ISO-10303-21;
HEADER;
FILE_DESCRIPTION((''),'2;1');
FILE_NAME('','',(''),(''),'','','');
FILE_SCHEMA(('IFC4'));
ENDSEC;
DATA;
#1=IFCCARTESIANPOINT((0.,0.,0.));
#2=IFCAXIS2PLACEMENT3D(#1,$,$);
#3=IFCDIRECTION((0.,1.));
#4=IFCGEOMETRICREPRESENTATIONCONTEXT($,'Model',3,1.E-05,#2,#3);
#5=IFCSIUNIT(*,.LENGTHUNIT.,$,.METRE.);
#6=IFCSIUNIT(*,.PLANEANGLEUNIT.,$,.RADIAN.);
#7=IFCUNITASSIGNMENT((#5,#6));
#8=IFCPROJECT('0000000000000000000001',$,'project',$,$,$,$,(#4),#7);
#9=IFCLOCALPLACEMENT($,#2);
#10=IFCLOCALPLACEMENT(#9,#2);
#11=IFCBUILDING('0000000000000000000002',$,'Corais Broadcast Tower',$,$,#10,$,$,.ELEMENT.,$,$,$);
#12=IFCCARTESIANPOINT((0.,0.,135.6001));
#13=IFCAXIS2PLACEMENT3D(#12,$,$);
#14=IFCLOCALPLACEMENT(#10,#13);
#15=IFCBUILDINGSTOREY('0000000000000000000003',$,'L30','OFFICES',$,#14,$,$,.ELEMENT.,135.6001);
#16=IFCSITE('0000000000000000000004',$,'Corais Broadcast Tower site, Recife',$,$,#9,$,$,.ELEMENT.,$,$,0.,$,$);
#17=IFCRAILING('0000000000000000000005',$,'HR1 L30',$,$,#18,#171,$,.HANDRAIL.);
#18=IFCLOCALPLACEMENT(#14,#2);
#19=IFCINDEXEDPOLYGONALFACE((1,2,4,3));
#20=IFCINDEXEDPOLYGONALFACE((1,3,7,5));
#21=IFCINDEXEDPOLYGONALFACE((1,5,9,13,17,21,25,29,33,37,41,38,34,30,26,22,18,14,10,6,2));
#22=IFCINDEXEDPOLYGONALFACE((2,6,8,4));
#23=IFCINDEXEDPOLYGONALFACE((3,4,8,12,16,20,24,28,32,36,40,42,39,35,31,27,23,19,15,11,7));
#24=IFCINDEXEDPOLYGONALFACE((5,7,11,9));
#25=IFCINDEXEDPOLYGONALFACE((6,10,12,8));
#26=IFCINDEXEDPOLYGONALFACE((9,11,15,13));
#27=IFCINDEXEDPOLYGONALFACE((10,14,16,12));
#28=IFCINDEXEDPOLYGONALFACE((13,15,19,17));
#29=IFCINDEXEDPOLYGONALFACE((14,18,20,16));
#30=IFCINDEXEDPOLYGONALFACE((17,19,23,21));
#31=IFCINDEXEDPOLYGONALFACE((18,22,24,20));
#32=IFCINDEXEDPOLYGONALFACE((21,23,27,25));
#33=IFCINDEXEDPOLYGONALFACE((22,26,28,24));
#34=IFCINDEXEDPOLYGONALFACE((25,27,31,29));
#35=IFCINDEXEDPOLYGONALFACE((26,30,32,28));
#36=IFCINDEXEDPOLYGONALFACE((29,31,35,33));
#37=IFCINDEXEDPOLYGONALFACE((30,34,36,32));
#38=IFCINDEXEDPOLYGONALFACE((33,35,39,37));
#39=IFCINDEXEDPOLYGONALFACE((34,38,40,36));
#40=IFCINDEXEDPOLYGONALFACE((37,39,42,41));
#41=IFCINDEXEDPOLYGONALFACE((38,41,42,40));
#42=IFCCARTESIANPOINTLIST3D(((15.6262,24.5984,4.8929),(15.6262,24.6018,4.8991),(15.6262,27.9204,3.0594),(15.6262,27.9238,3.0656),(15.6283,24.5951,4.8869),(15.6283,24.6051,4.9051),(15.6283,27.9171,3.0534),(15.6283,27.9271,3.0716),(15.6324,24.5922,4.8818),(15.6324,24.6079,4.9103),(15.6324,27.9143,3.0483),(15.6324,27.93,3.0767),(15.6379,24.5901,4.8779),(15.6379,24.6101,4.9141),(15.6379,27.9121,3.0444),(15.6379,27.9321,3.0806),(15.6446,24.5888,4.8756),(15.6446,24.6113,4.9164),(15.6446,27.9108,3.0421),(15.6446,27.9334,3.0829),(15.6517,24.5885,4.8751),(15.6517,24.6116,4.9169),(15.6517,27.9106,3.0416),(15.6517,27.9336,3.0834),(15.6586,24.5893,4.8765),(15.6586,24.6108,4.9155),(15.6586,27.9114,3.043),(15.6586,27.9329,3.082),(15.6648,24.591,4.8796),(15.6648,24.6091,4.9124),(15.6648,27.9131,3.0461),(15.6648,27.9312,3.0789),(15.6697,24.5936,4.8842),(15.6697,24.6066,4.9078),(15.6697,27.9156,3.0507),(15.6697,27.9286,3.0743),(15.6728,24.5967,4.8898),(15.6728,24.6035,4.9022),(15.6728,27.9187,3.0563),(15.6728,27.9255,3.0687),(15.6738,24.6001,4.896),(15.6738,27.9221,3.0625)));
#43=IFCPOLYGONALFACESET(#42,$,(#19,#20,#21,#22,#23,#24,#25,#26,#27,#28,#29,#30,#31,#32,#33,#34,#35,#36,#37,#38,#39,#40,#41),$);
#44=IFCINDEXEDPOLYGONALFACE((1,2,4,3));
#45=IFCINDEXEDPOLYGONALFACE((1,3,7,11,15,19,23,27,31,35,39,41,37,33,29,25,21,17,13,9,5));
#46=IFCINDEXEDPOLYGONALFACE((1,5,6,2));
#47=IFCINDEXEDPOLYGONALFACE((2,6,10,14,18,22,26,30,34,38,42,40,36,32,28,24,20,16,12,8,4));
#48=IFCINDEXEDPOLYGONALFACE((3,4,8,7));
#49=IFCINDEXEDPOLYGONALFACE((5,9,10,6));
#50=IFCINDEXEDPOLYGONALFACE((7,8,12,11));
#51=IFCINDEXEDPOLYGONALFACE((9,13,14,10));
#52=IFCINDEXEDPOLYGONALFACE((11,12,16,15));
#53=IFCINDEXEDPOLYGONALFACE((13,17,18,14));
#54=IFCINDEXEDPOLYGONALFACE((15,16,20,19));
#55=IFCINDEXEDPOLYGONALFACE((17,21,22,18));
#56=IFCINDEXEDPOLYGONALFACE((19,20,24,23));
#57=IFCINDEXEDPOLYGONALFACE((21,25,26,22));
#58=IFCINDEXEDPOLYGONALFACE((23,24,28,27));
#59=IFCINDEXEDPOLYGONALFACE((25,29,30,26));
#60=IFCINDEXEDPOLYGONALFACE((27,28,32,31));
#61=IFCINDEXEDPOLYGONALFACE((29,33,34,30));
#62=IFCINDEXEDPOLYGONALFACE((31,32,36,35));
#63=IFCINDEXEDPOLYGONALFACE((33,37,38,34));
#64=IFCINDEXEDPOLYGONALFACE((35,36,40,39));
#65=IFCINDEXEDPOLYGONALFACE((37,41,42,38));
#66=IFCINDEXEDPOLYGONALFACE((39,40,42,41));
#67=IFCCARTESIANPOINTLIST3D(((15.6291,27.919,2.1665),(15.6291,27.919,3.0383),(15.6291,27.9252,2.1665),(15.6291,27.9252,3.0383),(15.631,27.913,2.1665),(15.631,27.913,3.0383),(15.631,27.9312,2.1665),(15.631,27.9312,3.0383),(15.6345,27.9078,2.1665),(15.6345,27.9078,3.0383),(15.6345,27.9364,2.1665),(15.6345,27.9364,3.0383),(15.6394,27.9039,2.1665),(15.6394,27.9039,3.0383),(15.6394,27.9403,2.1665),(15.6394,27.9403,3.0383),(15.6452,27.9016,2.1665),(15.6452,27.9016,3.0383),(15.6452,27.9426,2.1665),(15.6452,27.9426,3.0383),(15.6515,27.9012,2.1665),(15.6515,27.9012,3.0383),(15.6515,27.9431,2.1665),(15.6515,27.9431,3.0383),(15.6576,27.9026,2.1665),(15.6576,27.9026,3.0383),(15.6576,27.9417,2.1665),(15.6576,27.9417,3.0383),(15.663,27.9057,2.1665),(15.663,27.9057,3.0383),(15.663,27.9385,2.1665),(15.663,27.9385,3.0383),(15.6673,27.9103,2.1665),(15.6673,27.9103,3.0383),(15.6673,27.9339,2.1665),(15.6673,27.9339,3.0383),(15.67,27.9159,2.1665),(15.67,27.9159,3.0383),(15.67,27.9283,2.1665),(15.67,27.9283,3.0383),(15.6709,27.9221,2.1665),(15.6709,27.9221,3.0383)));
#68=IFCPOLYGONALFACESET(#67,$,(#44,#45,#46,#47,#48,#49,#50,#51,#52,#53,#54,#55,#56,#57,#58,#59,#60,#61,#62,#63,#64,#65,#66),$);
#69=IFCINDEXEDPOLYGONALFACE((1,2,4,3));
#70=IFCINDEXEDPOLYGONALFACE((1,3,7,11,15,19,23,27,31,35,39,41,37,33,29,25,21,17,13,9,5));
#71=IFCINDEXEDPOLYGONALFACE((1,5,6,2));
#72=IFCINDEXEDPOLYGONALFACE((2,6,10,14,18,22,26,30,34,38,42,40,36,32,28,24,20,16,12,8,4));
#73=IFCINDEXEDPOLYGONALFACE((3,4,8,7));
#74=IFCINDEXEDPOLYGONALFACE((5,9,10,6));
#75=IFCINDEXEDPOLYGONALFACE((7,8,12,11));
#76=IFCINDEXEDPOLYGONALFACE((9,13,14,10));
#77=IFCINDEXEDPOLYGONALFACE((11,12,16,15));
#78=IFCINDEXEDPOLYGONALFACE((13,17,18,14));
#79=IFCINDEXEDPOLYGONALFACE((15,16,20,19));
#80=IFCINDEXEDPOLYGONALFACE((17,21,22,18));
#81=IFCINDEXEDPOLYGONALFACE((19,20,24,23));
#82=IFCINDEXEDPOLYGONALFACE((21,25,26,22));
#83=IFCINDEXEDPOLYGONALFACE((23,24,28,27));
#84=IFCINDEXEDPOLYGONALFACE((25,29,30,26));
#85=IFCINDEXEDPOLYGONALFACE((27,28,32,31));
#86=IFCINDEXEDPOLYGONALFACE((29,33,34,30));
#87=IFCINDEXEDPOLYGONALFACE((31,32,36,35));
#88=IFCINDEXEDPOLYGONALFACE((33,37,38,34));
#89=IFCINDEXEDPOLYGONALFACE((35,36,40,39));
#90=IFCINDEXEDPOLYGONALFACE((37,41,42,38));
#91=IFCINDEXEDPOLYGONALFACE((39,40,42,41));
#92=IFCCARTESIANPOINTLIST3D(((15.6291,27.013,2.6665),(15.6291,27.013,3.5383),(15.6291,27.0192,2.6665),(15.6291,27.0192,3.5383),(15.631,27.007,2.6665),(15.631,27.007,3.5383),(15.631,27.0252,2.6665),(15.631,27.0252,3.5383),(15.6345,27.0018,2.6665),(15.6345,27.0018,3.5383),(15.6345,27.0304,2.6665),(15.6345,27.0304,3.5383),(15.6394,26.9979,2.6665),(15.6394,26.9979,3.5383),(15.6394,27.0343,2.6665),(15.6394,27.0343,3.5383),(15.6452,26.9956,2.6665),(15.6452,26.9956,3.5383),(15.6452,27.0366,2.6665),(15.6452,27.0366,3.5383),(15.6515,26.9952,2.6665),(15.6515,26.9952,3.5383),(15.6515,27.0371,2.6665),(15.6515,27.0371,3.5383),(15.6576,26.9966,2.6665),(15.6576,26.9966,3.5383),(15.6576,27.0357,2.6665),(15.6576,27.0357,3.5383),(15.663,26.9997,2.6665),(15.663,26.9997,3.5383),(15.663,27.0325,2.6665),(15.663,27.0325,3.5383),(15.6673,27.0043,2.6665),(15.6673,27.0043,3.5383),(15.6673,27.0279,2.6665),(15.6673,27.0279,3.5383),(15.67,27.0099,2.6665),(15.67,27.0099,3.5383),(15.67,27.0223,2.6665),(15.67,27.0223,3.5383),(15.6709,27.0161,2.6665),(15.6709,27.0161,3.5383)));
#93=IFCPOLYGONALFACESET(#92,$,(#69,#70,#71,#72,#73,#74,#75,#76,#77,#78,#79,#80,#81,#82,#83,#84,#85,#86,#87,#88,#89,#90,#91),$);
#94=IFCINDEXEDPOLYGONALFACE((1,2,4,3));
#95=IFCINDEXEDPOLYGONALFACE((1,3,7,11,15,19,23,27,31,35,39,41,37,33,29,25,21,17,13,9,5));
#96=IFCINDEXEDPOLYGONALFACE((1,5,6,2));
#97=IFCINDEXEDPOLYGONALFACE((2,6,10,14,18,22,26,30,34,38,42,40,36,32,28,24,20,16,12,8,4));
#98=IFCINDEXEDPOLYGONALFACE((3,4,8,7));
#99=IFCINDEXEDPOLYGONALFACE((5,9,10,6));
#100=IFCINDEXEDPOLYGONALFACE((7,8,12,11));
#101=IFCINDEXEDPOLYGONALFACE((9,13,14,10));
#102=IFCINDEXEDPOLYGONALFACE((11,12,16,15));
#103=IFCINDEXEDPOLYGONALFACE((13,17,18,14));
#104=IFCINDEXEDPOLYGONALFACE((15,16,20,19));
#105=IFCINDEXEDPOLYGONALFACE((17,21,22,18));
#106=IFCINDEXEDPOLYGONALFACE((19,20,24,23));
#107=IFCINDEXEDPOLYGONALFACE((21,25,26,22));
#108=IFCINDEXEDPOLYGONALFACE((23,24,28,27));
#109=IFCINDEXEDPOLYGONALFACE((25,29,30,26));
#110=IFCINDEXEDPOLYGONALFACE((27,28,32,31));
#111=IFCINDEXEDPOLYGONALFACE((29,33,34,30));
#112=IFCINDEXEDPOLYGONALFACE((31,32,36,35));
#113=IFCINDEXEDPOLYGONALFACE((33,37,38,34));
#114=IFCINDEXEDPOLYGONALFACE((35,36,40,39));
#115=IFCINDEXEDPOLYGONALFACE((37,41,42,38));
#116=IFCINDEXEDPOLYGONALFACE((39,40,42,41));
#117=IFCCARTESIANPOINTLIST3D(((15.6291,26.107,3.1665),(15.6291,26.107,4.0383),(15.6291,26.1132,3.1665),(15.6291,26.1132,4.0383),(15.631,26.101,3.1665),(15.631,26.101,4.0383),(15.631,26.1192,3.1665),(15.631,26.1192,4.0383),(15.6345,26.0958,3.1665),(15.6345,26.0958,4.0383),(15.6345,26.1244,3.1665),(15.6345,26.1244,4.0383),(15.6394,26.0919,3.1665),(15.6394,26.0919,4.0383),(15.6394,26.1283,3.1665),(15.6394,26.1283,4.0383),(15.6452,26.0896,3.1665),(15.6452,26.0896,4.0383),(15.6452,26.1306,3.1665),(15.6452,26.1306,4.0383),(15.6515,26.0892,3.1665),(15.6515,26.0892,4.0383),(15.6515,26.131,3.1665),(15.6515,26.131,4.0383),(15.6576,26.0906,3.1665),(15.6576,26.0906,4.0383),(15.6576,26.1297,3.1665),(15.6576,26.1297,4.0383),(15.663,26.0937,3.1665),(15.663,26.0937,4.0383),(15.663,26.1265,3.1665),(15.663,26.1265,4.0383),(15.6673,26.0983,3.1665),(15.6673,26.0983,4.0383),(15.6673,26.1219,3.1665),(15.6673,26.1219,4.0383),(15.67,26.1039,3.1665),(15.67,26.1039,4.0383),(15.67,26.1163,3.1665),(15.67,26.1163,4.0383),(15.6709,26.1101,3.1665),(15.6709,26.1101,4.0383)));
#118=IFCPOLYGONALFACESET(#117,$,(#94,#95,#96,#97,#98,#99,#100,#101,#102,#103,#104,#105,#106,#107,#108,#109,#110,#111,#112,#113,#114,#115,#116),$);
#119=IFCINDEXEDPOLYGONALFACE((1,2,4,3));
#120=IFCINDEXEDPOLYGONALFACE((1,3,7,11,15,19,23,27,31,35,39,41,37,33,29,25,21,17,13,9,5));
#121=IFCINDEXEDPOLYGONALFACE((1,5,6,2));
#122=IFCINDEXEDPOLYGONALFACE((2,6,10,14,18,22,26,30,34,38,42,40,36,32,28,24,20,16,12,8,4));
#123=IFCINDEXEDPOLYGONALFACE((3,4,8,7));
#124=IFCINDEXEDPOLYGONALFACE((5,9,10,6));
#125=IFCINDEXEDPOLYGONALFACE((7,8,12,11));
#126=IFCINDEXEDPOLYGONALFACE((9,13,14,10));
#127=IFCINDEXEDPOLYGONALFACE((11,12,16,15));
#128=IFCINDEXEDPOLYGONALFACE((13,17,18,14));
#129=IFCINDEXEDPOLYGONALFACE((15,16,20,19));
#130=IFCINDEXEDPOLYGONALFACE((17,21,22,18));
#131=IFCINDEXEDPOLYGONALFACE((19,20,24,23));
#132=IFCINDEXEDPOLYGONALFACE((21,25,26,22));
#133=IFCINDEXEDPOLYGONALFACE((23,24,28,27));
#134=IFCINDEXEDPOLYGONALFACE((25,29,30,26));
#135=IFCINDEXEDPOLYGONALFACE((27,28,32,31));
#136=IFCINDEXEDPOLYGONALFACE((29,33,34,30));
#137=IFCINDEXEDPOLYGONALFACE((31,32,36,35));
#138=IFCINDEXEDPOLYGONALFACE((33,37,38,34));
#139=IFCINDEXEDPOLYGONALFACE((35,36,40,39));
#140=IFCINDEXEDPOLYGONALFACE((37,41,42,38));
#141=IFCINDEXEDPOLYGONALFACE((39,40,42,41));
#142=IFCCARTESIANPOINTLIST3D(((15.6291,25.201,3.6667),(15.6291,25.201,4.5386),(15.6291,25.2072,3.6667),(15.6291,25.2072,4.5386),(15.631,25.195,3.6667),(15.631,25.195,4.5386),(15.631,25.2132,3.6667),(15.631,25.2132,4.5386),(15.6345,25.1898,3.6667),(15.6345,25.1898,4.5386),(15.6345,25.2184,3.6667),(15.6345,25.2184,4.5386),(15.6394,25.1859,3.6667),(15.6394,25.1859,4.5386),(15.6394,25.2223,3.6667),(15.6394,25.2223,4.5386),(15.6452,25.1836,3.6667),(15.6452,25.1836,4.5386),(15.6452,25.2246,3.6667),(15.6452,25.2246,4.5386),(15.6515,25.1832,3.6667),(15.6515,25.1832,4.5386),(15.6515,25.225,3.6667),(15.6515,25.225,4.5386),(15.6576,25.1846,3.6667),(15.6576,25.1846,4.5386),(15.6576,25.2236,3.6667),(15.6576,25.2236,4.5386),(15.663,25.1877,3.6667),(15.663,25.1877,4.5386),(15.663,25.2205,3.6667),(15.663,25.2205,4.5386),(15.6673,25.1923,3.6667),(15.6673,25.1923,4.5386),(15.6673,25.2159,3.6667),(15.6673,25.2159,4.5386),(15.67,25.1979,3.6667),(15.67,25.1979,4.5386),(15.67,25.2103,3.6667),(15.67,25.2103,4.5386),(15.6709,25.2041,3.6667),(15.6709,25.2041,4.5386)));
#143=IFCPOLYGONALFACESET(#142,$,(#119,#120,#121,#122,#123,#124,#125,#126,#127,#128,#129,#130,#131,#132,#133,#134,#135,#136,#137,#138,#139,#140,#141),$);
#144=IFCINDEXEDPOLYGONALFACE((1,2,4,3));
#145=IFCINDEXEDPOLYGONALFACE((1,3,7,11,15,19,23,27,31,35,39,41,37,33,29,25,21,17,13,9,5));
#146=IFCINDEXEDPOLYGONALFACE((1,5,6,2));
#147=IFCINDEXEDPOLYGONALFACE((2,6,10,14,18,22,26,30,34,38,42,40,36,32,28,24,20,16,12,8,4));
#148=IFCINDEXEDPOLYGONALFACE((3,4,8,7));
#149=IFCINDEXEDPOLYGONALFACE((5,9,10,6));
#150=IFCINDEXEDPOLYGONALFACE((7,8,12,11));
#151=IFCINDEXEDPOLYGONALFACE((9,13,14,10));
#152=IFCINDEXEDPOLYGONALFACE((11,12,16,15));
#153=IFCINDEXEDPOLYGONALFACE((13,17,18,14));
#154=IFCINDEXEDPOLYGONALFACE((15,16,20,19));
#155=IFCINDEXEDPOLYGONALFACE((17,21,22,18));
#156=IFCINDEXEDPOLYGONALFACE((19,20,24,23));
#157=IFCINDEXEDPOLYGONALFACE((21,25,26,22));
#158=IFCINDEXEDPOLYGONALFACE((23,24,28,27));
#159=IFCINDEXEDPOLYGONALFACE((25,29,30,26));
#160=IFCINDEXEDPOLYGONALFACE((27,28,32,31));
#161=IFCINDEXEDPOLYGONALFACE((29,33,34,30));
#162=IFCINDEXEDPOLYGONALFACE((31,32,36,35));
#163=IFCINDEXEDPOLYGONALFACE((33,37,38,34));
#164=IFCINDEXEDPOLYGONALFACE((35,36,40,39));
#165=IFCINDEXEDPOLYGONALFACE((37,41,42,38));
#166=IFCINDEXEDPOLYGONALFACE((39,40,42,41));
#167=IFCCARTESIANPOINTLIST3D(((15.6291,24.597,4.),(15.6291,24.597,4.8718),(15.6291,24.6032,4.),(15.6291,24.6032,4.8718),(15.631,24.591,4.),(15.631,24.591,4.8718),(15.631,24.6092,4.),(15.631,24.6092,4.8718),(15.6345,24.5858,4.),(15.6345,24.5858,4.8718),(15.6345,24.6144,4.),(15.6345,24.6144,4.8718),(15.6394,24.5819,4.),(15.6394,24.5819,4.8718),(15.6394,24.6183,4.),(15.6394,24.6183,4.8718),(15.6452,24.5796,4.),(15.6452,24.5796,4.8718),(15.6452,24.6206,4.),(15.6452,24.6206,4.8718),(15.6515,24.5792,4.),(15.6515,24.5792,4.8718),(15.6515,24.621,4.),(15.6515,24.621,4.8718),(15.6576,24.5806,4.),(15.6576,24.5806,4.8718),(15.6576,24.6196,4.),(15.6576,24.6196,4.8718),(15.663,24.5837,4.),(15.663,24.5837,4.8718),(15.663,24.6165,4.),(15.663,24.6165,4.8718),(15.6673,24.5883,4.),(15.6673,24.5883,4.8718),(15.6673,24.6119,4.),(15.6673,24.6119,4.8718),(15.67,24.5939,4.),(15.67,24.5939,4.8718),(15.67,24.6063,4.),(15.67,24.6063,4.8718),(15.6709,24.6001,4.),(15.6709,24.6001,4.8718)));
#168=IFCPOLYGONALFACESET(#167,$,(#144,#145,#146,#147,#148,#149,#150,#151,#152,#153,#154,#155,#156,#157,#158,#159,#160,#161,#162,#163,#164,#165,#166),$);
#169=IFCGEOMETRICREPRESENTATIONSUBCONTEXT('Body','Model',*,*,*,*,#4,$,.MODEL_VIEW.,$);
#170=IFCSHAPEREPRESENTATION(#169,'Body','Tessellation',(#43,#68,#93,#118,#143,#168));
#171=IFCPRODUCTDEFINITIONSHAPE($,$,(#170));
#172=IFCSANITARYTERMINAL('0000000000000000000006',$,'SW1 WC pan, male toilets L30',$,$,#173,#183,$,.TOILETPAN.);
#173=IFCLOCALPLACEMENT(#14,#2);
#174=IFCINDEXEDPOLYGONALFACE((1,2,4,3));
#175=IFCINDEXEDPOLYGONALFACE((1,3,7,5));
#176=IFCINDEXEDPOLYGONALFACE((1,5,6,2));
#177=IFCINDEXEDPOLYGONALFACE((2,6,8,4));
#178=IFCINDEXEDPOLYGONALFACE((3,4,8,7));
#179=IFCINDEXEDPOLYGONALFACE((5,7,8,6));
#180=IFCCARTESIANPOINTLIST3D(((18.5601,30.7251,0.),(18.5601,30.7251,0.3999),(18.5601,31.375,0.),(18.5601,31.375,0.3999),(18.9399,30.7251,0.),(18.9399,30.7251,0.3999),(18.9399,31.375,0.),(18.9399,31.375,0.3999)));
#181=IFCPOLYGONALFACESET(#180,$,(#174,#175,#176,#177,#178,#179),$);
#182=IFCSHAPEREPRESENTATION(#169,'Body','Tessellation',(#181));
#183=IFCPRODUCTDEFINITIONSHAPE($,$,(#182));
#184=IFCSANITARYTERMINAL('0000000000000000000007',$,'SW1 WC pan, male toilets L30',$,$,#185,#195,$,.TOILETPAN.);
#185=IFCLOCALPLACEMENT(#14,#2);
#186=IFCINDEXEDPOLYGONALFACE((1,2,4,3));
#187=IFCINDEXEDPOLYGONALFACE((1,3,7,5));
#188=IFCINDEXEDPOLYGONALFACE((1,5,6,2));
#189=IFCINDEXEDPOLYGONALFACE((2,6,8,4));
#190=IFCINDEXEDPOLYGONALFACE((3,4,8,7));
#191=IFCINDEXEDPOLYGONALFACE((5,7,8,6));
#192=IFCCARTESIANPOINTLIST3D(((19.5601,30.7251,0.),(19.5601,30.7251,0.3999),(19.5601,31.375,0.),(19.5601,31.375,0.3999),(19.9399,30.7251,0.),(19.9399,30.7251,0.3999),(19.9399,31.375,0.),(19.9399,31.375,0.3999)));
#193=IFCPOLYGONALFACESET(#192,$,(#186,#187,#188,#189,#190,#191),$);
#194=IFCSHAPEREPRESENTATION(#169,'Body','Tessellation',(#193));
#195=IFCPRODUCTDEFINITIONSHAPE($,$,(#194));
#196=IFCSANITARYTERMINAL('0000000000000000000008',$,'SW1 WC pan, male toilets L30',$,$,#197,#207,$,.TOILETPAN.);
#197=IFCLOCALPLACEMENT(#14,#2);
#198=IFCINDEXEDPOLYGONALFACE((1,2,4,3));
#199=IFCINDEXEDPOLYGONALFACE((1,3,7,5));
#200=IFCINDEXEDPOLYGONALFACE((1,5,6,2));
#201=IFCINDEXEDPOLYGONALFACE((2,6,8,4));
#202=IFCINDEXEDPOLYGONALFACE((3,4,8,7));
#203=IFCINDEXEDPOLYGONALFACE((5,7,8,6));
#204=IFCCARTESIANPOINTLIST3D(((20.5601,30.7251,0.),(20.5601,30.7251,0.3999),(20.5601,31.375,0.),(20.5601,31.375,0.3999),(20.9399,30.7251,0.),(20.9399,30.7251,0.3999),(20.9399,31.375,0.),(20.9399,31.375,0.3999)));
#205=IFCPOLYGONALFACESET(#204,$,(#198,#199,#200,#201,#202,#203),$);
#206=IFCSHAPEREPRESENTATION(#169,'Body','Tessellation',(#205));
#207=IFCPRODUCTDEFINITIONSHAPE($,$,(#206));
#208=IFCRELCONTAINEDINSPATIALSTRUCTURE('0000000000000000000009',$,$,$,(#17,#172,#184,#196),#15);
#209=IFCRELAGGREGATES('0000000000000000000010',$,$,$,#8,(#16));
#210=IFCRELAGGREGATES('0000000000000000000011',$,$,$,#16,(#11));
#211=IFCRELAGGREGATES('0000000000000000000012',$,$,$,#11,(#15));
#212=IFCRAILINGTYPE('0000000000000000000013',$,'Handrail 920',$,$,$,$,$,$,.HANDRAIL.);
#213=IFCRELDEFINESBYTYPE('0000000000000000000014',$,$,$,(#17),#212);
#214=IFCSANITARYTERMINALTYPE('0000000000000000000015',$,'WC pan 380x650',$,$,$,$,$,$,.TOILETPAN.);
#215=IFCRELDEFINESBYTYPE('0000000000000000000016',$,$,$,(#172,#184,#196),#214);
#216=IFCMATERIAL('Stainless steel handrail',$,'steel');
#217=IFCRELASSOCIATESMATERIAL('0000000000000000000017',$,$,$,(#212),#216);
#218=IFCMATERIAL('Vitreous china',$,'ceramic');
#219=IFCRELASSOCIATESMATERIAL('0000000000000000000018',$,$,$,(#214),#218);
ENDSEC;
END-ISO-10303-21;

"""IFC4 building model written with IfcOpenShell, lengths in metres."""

from ifc_helpers import new_model, si_unit, direction, frame, origin, origin_2d, place, context, subcontext, project, spatial, rectangle, circle, extrude, material, type_object, element, save


model = new_model("IFC4")

# Units and contexts
model_context = context("Model", 3, precision=1e-05, world=origin(), true_north=direction((0.0, 1.0)))
body_context = subcontext(model_context, "Body", "Model", "MODEL_VIEW")
ifc_project = project(units=[si_unit("LENGTHUNIT", "METRE"), si_unit("PLANEANGLEUNIT", "RADIAN")], contexts=[model_context])

# Site, building, storey
site_placement = place(None, origin())
site = spatial("IfcSite", under=ifc_project, at=site_placement, Name="Corais Broadcast Tower site, Recife", CompositionType="ELEMENT", RefElevation=0.0)
building_placement = place(site_placement, origin())
building = spatial("IfcBuilding", under=site, at=building_placement, Name="Corais Broadcast Tower", CompositionType="ELEMENT")
storey_placement = place(building_placement, frame((0.0, 0.0, 135.6001)))
storey = spatial("IfcBuildingStorey", under=building, at=storey_placement, Name="L30", Description="OFFICES", CompositionType="ELEMENT", Elevation=135.6001)

# Railing
ifc_material_1 = material(Name="Stainless steel handrail", Category="steel")
railing_type = type_object("IfcRailingType", Name="Handrail 920", PredefinedType="HANDRAIL", material=ifc_material_1)
for number, where, name in (
    (1, (15.6499, 27.9221, 2.1665), "HR1 L30"),
):
    element("IfcRailing", number, at=place(storey_placement, frame(where)), inside=storey, type_object=railing_type, Name=name, PredefinedType="HANDRAIL", context=body_context, shape_type="SweptSolid", body=[
        extrude(circle(Radius=0.0239, at=origin_2d()), frame((0.0, 0.0, 0.896), z_axis=(0.0, -0.875504, 0.48321), x_axis=(1.0, 0.0, 0.0)), (0.0, 0.0, 1.0), 3.7944),
        extrude(circle(Radius=0.021, at=origin_2d()), origin(), (0.0, 0.0, 1.0), 0.8718),
        extrude(circle(Radius=0.021, at=origin_2d()), frame((0.0, -0.906, 0.5)), (0.0, 0.0, 1.0), 0.8718),
        extrude(circle(Radius=0.021, at=origin_2d()), frame((0.0, -1.812, 1.0)), (0.0, 0.0, 1.0), 0.8718),
        extrude(circle(Radius=0.021, at=origin_2d()), frame((0.0, -2.718, 1.5002)), (0.0, 0.0, 1.0), 0.8718),
        extrude(circle(Radius=0.021, at=origin_2d()), frame((0.0, -3.322, 1.8335)), (0.0, 0.0, 1.0), 0.8718),
    ])

# Sanitary terminals
ifc_material_2 = material(Name="Vitreous china", Category="ceramic")
sanitary_terminal_type_1 = type_object("IfcSanitaryTerminalType", Name="WC pan 380x650", PredefinedType="TOILETPAN", material=ifc_material_2)
for number, where, z_axis, x_axis, name in (
    (2, (18.75, 31.05, 0.0), (0.0, 0.0, 1.0), (1.0, 0.0, 0.0), "SW1 WC pan, male toilets L30"),
    (3, (19.75, 31.05, 0.0), (0.0, 0.0, 1.0), (1.0, 0.0, 0.0), "SW1 WC pan, male toilets L30"),
    (4, (20.75, 31.05, 0.0), (0.0, 0.0, 1.0), (1.0, 0.0, 0.0), "SW1 WC pan, male toilets L30"),
):
    element("IfcSanitaryTerminal", number, at=place(storey_placement, frame(where, z_axis=z_axis, x_axis=x_axis)), inside=storey, type_object=sanitary_terminal_type_1, Name=name, PredefinedType="TOILETPAN", context=body_context, shape_type="SweptSolid", body=[
        extrude(rectangle(XDim=0.3799, YDim=0.6499, at=origin_2d()), origin(), (0.0, 0.0, 1.0), 0.3999),
    ])

save(model, "model.ifc")
